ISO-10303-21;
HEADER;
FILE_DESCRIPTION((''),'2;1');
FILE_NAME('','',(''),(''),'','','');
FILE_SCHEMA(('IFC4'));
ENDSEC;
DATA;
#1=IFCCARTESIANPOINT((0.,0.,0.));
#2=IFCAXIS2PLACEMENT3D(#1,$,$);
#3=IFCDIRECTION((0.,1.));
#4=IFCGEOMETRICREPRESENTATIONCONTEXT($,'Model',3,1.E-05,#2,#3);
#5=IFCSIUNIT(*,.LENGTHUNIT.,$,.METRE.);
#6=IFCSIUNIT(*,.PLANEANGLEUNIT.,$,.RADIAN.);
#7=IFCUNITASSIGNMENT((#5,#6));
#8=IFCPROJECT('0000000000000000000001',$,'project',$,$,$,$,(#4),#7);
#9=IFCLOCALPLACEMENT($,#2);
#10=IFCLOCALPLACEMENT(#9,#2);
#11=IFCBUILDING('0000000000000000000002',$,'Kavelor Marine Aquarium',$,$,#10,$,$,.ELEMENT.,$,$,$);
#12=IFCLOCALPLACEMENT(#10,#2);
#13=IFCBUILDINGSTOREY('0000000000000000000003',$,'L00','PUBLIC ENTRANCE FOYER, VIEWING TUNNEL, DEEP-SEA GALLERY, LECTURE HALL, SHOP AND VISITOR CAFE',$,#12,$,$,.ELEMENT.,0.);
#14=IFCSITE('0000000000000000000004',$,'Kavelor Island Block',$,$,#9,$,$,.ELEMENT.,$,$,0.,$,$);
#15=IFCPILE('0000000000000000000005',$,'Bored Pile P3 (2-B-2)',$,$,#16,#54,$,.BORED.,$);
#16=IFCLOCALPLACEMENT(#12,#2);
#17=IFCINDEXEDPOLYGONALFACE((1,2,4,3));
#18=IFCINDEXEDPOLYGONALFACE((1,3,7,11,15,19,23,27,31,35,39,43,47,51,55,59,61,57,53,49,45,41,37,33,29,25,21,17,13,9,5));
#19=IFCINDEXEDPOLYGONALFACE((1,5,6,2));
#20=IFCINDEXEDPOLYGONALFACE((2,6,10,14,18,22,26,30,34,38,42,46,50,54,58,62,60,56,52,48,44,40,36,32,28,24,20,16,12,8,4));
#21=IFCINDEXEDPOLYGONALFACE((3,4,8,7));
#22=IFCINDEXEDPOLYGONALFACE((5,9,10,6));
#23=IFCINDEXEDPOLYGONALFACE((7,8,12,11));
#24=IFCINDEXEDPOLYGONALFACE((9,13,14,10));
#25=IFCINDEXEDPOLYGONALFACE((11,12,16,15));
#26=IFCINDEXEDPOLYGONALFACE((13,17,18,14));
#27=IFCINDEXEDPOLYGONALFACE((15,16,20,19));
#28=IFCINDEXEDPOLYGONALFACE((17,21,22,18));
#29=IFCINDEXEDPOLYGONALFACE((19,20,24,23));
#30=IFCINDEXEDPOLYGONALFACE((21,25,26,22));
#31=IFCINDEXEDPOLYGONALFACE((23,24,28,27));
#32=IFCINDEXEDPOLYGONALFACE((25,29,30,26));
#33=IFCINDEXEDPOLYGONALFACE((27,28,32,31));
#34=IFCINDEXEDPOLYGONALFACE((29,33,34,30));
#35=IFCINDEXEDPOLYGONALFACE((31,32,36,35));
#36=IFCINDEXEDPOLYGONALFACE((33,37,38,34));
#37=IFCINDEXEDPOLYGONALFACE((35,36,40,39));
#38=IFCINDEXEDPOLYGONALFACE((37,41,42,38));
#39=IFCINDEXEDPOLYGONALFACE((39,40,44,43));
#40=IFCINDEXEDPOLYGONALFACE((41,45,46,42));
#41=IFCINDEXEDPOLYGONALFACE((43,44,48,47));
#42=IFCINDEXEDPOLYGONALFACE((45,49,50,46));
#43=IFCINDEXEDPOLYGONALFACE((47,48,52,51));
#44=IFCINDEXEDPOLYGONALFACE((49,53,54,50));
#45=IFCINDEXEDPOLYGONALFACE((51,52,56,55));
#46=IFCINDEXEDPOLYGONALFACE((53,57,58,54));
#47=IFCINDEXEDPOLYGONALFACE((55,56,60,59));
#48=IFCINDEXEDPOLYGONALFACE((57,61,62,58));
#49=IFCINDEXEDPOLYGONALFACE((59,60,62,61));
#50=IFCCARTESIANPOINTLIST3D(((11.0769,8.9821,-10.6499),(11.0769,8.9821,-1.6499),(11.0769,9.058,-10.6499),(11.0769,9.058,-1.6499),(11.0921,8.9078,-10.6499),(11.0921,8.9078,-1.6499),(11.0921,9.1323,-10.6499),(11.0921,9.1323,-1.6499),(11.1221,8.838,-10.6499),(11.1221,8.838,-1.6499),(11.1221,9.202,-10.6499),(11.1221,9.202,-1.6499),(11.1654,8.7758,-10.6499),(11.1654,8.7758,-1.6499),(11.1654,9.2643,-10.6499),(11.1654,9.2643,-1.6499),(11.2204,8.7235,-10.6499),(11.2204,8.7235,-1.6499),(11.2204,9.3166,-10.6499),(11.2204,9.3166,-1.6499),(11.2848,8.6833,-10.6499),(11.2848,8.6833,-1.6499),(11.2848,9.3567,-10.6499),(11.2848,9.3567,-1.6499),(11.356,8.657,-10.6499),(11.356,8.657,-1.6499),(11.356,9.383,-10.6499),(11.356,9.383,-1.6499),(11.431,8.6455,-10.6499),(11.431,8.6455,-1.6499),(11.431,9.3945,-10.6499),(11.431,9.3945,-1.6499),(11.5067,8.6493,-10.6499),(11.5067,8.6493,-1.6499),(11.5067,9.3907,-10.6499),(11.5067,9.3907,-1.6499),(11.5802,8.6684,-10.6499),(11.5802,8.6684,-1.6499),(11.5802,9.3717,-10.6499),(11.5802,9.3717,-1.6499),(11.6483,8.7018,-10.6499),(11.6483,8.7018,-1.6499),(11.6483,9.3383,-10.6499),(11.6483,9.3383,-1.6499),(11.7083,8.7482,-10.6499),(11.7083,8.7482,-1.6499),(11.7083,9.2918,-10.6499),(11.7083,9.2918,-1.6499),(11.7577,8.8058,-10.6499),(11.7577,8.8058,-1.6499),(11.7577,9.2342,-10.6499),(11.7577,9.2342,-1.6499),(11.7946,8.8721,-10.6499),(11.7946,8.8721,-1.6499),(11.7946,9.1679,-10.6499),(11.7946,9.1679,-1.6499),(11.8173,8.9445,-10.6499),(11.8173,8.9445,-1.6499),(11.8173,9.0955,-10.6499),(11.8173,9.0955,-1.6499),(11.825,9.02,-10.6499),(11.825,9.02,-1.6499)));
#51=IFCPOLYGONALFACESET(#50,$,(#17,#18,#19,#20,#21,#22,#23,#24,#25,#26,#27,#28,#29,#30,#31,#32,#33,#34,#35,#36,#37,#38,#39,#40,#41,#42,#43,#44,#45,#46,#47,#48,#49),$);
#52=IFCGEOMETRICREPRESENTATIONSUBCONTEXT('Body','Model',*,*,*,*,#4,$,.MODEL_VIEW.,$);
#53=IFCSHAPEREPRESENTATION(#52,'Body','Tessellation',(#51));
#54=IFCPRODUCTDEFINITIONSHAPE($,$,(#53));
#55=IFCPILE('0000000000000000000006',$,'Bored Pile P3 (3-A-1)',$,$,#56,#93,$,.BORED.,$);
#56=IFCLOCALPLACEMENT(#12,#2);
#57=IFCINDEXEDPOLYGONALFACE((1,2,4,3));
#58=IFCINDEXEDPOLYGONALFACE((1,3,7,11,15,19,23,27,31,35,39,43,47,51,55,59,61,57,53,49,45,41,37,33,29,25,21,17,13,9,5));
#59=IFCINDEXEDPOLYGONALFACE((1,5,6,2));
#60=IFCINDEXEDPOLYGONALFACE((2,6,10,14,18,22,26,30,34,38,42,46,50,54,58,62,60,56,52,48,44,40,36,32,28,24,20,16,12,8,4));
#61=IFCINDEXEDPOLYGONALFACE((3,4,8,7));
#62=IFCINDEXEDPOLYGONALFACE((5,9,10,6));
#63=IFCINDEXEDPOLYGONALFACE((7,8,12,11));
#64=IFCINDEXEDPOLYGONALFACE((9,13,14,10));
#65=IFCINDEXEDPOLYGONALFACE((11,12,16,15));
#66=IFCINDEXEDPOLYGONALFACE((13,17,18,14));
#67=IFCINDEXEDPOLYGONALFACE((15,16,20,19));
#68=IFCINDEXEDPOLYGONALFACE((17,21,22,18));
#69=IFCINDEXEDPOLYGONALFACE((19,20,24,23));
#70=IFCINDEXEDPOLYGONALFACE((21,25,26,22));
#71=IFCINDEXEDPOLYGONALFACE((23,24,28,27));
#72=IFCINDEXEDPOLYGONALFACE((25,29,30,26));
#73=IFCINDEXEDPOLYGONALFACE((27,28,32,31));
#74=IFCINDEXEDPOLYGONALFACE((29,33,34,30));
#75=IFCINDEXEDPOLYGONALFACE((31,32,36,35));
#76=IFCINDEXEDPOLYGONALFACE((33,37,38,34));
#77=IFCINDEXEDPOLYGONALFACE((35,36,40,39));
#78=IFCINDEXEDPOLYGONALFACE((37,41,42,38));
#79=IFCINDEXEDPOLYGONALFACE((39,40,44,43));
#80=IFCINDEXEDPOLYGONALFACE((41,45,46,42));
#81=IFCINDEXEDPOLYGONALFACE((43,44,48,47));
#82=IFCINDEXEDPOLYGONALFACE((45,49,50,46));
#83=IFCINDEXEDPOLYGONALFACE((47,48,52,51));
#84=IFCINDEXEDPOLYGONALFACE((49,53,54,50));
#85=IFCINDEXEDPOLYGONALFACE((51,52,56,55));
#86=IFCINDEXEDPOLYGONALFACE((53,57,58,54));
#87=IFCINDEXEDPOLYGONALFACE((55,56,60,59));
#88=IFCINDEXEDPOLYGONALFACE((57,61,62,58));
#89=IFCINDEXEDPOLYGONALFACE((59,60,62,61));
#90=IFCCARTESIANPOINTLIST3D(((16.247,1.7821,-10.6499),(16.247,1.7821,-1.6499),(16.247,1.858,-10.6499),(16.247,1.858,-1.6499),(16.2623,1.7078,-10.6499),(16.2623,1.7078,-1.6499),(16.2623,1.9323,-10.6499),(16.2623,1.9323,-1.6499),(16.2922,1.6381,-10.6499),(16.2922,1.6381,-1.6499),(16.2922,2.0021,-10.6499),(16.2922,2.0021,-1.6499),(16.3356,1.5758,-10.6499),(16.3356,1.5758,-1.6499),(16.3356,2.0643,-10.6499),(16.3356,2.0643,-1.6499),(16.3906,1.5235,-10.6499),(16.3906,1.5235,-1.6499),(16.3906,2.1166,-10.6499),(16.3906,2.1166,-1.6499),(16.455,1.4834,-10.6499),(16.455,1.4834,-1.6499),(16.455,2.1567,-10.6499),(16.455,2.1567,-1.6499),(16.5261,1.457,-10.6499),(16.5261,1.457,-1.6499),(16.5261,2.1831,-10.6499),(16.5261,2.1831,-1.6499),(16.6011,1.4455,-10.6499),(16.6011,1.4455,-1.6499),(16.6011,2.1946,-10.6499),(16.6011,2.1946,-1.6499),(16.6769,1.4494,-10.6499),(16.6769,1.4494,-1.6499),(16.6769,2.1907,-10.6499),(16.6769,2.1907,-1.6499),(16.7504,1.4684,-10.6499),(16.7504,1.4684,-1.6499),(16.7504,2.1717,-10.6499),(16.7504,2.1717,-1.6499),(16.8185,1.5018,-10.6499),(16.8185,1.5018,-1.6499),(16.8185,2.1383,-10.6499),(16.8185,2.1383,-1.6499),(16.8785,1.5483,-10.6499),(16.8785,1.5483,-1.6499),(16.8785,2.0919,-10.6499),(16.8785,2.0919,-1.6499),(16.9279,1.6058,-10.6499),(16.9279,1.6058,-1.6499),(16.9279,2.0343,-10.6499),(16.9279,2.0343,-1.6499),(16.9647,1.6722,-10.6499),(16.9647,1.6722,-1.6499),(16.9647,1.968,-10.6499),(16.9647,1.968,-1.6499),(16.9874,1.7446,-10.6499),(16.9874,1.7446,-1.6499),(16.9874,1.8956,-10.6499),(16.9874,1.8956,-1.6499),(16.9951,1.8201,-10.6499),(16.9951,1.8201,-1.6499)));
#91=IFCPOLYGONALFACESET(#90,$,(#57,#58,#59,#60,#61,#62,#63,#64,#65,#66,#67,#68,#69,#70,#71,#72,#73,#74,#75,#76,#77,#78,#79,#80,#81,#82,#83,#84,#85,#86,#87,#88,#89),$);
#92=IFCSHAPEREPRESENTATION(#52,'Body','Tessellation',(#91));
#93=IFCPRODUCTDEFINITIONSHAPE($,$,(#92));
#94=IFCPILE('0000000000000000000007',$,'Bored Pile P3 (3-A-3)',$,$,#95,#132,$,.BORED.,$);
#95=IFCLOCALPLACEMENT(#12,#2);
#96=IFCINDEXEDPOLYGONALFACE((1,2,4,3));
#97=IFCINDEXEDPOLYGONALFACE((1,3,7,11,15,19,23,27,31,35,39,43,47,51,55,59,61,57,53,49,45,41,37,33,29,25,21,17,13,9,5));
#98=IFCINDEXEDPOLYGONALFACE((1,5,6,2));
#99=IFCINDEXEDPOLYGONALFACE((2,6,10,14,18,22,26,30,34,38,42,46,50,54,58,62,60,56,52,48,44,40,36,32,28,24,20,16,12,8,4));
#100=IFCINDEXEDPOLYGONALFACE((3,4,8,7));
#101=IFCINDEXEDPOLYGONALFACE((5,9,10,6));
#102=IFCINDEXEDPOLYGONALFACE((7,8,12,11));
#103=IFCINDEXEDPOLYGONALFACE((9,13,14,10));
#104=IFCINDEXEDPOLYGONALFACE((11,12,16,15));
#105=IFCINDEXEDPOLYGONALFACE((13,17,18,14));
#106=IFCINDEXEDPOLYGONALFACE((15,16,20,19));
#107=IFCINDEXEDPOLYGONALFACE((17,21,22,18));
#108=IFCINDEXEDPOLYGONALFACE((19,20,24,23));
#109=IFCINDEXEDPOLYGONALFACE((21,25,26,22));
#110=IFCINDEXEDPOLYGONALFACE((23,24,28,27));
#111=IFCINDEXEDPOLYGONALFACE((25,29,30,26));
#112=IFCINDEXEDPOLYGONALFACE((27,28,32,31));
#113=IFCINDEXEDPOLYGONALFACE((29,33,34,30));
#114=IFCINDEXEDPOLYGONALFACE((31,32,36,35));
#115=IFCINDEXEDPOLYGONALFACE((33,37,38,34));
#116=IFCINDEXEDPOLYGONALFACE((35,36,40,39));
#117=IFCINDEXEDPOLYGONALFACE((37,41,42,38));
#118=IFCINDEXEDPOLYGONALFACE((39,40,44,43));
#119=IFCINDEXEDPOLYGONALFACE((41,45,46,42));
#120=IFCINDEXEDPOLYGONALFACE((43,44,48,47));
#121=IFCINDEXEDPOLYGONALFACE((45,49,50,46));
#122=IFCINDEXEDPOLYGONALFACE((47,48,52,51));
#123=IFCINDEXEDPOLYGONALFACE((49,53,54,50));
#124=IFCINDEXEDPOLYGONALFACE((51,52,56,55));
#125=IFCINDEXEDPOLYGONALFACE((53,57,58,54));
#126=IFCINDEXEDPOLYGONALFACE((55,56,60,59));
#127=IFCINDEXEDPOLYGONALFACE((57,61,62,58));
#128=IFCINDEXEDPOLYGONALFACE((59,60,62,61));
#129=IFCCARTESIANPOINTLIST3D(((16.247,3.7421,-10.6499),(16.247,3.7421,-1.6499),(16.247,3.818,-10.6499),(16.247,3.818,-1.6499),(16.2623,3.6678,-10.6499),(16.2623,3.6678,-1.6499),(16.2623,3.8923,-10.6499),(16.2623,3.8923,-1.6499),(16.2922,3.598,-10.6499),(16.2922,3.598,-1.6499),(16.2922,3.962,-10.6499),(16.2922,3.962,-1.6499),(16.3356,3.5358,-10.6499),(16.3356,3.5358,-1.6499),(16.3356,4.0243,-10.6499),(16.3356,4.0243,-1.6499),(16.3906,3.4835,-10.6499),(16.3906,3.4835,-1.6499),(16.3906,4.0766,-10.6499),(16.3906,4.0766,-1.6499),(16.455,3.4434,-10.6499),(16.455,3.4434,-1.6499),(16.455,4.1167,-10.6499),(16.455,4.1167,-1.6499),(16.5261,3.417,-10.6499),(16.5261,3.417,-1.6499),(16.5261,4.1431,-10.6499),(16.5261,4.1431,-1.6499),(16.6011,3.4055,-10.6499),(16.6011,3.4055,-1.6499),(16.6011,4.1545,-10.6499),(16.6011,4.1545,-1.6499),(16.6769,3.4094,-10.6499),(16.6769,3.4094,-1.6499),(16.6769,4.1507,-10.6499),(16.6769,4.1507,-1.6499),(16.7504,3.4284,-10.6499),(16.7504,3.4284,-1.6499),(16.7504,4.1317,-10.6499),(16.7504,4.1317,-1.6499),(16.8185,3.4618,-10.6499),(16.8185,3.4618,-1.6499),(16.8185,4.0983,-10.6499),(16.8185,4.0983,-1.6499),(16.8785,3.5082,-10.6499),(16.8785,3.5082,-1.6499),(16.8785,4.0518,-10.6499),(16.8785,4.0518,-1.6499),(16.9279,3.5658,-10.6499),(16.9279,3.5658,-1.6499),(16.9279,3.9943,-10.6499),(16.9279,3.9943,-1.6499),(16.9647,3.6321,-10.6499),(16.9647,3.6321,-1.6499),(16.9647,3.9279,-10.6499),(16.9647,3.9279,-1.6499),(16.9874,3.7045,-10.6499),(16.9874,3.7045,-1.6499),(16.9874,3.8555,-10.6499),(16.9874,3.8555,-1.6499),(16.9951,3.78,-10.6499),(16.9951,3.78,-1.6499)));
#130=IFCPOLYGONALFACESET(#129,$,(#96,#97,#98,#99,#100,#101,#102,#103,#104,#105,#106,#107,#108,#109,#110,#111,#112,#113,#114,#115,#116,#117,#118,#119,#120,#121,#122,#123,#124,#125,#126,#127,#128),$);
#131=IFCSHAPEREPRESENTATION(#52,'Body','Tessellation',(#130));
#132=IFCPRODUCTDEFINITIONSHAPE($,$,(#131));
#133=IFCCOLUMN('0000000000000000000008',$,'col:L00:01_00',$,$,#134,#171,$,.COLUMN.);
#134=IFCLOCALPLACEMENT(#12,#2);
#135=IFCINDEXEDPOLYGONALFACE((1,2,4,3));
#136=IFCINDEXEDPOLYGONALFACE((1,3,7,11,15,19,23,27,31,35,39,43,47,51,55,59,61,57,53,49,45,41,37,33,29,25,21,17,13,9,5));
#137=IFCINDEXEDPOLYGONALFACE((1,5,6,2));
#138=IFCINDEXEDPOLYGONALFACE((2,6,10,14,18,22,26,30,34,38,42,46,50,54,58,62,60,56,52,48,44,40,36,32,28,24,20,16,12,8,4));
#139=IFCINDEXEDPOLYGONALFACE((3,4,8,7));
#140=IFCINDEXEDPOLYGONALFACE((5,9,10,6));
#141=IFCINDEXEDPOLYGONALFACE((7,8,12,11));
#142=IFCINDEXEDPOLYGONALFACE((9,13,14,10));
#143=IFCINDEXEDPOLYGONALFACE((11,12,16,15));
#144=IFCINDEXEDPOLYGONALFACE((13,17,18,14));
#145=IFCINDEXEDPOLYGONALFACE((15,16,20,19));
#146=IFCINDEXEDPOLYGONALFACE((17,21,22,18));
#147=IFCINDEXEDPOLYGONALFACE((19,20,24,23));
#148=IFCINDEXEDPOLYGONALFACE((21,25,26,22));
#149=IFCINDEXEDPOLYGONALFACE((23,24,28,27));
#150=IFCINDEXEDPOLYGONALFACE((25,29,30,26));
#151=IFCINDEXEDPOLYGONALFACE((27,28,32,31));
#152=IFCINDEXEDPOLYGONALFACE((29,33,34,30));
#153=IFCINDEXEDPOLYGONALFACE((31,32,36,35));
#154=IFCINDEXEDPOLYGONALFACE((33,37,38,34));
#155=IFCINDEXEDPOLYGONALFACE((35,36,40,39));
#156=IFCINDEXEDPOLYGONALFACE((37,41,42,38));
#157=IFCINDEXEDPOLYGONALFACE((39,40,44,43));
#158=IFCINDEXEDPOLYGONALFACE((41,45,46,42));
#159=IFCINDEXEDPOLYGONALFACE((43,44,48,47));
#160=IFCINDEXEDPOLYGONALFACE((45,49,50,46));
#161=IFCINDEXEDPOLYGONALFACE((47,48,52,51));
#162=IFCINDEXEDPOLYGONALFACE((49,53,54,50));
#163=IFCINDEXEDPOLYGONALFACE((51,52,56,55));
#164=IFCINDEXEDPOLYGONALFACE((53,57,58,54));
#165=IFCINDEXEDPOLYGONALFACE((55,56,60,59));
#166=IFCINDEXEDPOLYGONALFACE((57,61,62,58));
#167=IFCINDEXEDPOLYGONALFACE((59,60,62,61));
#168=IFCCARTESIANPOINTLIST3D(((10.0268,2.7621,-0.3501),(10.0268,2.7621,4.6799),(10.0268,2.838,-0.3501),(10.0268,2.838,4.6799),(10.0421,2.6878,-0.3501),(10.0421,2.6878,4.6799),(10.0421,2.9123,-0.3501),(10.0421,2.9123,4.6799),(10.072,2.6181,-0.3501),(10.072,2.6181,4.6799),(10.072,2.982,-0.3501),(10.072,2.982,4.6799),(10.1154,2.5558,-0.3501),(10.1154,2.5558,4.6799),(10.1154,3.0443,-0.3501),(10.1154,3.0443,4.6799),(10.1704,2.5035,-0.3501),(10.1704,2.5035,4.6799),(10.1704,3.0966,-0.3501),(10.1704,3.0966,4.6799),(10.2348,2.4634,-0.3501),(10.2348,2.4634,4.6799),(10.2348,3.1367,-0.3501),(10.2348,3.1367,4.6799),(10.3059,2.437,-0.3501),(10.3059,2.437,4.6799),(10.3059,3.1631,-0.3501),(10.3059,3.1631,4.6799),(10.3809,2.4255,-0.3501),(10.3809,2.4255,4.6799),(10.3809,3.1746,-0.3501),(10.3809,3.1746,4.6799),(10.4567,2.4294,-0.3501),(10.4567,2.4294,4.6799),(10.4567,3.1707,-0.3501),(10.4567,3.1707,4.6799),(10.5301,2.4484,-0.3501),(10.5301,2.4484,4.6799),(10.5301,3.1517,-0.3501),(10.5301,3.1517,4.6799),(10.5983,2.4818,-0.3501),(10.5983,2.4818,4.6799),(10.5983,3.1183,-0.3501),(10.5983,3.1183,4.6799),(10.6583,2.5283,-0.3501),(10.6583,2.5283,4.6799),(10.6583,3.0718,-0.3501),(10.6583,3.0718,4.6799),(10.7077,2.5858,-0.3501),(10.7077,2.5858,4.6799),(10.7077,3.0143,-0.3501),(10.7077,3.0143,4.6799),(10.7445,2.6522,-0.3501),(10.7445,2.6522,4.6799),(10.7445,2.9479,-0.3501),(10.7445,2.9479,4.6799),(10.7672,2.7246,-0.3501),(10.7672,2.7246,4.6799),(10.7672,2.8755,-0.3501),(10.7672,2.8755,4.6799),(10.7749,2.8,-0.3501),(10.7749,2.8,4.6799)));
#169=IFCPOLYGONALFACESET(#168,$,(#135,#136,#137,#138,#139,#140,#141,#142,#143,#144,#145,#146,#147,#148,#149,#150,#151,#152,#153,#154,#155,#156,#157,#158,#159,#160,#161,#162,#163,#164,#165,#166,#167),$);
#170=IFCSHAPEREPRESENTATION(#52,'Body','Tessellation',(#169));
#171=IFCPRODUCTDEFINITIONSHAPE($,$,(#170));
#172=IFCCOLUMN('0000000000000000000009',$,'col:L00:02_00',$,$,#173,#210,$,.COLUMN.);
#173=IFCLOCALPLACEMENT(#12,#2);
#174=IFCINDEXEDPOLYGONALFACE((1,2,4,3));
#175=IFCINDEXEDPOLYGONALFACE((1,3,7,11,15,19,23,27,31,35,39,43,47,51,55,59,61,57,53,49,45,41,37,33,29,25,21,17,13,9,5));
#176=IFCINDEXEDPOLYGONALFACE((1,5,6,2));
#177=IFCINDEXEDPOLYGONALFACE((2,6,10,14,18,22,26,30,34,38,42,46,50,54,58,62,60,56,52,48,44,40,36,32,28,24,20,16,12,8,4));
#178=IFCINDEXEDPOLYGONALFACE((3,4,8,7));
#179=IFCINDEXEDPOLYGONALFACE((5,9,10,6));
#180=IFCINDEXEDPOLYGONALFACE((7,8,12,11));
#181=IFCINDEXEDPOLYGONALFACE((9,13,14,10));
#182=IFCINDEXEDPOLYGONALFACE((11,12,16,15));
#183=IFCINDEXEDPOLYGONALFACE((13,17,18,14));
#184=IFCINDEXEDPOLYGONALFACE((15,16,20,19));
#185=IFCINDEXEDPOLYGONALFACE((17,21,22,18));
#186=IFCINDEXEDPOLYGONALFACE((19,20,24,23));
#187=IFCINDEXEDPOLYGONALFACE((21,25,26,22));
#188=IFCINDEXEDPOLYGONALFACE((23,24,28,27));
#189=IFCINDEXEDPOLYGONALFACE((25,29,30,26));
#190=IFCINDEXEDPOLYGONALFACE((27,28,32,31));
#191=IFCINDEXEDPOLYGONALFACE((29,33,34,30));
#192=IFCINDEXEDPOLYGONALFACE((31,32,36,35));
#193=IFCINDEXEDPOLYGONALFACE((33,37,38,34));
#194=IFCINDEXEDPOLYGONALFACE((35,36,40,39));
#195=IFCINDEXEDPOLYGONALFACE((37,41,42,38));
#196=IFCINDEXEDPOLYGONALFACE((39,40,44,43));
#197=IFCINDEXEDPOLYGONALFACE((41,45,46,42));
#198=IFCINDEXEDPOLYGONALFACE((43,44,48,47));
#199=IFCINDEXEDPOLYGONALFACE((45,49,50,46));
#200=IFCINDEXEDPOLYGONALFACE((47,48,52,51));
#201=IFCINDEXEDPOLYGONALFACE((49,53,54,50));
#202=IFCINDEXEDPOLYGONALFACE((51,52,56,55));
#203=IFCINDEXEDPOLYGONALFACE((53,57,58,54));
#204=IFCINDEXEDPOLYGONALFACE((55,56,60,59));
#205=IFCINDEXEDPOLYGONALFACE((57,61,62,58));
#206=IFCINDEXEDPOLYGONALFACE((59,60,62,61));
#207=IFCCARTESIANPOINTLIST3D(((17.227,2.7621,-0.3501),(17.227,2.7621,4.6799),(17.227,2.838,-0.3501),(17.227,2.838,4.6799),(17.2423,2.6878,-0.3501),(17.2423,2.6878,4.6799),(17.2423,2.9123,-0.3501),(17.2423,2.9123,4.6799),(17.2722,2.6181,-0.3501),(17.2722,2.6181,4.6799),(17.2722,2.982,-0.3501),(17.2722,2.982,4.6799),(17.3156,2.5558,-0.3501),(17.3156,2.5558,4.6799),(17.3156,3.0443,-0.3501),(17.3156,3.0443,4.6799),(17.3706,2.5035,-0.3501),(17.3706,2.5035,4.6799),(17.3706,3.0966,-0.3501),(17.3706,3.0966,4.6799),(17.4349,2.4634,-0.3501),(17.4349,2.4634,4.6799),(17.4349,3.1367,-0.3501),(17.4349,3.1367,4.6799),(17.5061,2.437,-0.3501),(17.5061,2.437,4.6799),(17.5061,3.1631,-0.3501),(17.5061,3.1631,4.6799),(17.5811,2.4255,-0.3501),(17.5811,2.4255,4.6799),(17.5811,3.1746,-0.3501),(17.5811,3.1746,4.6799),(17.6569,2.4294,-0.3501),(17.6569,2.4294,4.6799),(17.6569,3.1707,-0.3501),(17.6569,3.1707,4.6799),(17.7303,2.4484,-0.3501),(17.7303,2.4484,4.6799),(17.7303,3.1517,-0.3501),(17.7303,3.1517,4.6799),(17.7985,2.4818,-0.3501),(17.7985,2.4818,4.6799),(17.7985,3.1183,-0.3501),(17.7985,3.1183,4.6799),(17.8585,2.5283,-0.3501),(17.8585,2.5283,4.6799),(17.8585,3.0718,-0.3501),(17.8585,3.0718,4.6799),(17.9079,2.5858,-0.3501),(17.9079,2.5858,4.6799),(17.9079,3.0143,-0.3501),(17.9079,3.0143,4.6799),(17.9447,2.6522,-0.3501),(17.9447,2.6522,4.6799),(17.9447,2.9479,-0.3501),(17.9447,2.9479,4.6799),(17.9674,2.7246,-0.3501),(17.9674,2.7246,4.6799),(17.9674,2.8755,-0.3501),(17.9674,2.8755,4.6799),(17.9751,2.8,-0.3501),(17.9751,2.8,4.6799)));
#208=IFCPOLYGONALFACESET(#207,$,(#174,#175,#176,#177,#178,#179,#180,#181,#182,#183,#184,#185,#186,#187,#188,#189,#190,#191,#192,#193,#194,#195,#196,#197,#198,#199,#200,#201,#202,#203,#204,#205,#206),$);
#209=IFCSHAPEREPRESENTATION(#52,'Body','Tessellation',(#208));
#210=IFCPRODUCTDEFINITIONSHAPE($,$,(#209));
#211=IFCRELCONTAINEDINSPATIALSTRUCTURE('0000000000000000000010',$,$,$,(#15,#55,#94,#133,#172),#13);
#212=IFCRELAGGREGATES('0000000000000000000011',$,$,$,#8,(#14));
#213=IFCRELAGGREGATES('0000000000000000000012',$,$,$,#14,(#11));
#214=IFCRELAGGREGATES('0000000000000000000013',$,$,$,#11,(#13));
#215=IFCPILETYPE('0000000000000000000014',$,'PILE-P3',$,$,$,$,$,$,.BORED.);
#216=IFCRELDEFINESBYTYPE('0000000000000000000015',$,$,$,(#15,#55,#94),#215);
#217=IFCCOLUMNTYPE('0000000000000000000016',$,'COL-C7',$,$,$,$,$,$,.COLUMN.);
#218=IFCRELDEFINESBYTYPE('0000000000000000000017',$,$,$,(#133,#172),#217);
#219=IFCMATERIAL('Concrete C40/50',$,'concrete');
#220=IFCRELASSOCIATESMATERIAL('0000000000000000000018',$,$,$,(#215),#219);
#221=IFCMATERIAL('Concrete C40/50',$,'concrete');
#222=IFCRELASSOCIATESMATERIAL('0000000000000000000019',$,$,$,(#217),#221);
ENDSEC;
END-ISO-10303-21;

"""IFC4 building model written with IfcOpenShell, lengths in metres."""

from ifc_helpers import new_model, si_unit, direction, frame, origin, origin_2d, place, context, subcontext, project, spatial, circle, extrude, material, material_profile, profile_set, type_object, element, save


model = new_model("IFC4")

# Units and contexts
model_context = context("Model", 3, precision=1e-05, world=origin(), true_north=direction((0.0, 1.0)))
body_context = subcontext(model_context, "Body", "Model", "MODEL_VIEW")
ifc_project = project(units=[si_unit("LENGTHUNIT", "METRE"), si_unit("PLANEANGLEUNIT", "RADIAN")], contexts=[model_context])

# Site, building, storey
site_placement = place(None, origin())
site = spatial("IfcSite", under=ifc_project, at=site_placement, Name="Kavelor Island Block", CompositionType="ELEMENT", RefElevation=0.0)
building_placement = place(site_placement, origin())
building = spatial("IfcBuilding", under=site, at=building_placement, Name="Kavelor Marine Aquarium", CompositionType="ELEMENT")
storey_placement = place(building_placement, origin())
storey = spatial("IfcBuildingStorey", under=building, at=storey_placement, Name="L00", Description="PUBLIC ENTRANCE FOYER, VIEWING TUNNEL, DEEP-SEA GALLERY, LECTURE HALL, SHOP AND VISITOR CAFE", CompositionType="ELEMENT", Elevation=0.0)

# Piles
ifc_material_1 = material(Name="Concrete C40/50", Category="concrete")
ifc_material_profile_1 = material_profile(ifc_material_1, circle(Radius=0.375, at=origin_2d()), Name="PILE D750")
ifc_profile_set_1 = profile_set([ifc_material_profile_1], Name="Concrete C40/50")
pile_type_1 = type_object("IfcPileType", Name="PILE-P3", PredefinedType="BORED", material=ifc_profile_set_1)
for number, where, z_axis, x_axis, name in (
    (1, (11.45, 9.02, -1.6499), (0.0, 0.0, -1.0), (1.0, 0.0, 0.0), "Bored Pile P3 (2-B-2)"),
    (2, (16.6201, 1.8201, -1.6499), (0.0, 0.0, -1.0), (1.0, 0.0, 0.0), "Bored Pile P3 (3-A-1)"),
    (3, (16.6201, 3.78, -1.6499), (0.0, 0.0, -1.0), (1.0, 0.0, 0.0), "Bored Pile P3 (3-A-3)"),
):
    element("IfcPile", number, at=place(storey_placement, frame(where, z_axis=z_axis, x_axis=x_axis)), inside=storey, type_object=pile_type_1, Name=name, PredefinedType="BORED", context=body_context, shape_type="SweptSolid", body=[
        extrude(circle(Radius=0.375, at=origin_2d()), origin(), (0.0, 0.0, 1.0), 9.0),
    ])

# Columns
ifc_material_2 = material(Name="Concrete C40/50", Category="concrete")
ifc_material_profile_2 = material_profile(ifc_material_2, circle(Radius=0.375, at=origin_2d()), Name="RC-COL D750")
ifc_profile_set_2 = profile_set([ifc_material_profile_2], Name="Concrete C40/50")
column_type = type_object("IfcColumnType", Name="COL-C7", PredefinedType="COLUMN", material=ifc_profile_set_2)
for number, where, z_axis, x_axis, name in (
    (4, (10.3999, 2.8, -0.3501), (0.0, 0.0, 1.0), (1.0, 0.0, 0.0), "col:L00:01_00"),
    (5, (17.6001, 2.8, -0.3501), (0.0, 0.0, 1.0), (1.0, 0.0, 0.0), "col:L00:02_00"),
):
    element("IfcColumn", number, at=place(storey_placement, frame(where, z_axis=z_axis, x_axis=x_axis)), inside=storey, type_object=column_type, Name=name, PredefinedType="COLUMN", context=body_context, shape_type="SweptSolid", body=[
        extrude(circle(Radius=0.375, at=origin_2d()), origin(), (0.0, 0.0, 1.0), 5.03),
    ])

save(model, "model.ifc")
